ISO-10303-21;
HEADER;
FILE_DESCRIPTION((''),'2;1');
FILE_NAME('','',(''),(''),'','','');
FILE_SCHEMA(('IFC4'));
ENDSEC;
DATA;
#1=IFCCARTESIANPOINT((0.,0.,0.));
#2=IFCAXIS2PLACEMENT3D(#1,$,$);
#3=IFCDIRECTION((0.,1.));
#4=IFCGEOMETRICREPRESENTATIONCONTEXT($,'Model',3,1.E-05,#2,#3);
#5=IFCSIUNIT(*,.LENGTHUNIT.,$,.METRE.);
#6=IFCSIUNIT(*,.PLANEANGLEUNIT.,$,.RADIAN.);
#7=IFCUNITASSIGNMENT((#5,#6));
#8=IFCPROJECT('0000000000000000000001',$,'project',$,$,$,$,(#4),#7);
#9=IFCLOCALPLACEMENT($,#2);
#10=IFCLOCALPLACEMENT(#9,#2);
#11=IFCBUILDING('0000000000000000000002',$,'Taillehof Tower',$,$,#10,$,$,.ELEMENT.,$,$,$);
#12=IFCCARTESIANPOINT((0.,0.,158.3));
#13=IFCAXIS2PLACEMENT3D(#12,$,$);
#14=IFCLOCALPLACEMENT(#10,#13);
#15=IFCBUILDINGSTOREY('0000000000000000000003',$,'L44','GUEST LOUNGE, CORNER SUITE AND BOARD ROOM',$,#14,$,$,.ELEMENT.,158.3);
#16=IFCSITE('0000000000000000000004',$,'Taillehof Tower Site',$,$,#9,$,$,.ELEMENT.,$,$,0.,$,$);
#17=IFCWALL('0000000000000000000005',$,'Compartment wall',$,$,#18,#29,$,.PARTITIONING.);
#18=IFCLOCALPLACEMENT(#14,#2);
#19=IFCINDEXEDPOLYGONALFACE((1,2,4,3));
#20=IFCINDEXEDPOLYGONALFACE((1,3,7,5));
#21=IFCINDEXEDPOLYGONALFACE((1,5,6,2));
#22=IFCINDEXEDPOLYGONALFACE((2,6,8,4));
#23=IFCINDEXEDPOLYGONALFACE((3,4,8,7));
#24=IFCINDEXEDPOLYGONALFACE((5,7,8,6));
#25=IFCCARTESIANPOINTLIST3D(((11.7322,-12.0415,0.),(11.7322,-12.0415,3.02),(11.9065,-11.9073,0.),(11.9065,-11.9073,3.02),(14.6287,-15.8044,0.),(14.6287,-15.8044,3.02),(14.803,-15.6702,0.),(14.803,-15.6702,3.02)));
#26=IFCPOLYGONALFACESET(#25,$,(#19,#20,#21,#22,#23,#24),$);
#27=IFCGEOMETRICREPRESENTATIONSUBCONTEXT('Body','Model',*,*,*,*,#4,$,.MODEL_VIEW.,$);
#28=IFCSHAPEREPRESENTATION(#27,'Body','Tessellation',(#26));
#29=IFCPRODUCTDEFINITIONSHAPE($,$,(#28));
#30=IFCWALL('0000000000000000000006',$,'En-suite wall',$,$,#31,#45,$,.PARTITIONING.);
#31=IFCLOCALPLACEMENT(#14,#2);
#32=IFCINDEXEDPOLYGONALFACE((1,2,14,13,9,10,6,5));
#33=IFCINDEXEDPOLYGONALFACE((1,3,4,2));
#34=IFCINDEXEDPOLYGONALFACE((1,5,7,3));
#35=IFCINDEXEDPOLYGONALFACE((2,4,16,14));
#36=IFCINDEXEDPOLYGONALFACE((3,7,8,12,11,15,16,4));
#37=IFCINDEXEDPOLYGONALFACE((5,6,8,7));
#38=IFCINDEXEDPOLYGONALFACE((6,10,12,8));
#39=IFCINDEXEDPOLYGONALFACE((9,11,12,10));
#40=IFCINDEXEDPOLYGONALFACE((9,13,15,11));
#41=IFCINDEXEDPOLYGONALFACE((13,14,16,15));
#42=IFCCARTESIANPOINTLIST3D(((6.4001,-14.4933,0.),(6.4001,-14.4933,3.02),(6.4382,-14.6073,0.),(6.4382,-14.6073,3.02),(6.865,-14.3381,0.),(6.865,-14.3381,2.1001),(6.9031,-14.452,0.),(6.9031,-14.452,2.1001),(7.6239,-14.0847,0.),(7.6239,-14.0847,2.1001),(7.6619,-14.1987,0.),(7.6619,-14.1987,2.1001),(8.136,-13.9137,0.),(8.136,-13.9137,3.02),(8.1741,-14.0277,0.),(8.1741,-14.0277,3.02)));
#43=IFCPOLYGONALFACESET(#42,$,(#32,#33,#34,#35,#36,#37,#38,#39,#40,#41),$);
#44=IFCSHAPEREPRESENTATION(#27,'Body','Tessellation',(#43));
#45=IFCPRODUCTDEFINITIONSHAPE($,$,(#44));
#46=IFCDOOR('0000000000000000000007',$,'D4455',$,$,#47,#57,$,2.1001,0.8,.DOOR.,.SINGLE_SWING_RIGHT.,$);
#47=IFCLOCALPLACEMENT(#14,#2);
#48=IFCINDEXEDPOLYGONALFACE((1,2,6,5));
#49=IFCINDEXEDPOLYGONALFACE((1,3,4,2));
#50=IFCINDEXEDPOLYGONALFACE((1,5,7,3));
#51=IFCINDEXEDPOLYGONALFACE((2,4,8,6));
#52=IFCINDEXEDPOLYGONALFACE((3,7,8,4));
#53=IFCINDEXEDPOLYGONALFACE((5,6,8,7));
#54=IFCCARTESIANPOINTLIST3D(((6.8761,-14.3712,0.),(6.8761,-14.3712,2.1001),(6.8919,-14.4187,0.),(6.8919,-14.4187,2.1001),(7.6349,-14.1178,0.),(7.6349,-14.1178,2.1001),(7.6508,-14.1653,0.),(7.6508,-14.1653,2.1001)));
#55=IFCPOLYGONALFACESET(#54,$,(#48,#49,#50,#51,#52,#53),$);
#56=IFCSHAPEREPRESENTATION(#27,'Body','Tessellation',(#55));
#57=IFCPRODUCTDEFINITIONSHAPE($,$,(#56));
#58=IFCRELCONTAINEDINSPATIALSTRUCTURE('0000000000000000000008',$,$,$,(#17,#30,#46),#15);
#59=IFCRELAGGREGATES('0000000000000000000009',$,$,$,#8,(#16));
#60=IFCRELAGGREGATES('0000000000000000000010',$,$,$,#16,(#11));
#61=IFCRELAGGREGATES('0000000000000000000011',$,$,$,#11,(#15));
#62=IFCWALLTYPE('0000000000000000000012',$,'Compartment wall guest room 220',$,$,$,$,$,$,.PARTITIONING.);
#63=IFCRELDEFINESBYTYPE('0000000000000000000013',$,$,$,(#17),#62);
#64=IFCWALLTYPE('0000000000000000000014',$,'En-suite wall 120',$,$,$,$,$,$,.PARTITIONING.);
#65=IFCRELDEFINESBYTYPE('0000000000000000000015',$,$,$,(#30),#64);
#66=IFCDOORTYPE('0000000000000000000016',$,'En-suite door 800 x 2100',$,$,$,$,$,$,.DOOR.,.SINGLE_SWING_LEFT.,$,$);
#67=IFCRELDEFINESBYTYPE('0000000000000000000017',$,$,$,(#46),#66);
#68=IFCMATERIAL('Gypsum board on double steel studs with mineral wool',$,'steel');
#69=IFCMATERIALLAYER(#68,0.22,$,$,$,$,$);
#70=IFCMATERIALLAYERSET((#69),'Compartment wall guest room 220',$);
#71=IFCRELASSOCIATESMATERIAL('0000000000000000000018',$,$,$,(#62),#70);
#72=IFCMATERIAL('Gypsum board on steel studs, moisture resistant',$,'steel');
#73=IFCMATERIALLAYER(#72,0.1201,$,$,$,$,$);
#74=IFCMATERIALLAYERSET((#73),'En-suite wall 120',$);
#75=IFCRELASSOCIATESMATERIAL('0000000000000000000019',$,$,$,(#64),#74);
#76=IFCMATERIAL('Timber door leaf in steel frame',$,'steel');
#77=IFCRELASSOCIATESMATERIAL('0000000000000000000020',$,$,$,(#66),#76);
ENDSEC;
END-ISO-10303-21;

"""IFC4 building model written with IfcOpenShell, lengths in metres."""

from ifc_helpers import new_model, si_unit, direction, frame, frame_2d, origin, place, context, subcontext, project, spatial, rectangle, extrude, material, layer, layer_set, type_object, element, fill, save


model = new_model("IFC4")

# Units and contexts
model_context = context("Model", 3, precision=1e-05, world=origin(), true_north=direction((0.0, 1.0)))
body_context = subcontext(model_context, "Body", "Model", "MODEL_VIEW")
ifc_project = project(units=[si_unit("LENGTHUNIT", "METRE"), si_unit("PLANEANGLEUNIT", "RADIAN")], contexts=[model_context])

# Site, building, storey
site_placement = place(None, origin())
site = spatial("IfcSite", under=ifc_project, at=site_placement, Name="Taillehof Tower Site", CompositionType="ELEMENT", RefElevation=0.0)
building_placement = place(site_placement, origin())
building = spatial("IfcBuilding", under=site, at=building_placement, Name="Taillehof Tower", CompositionType="ELEMENT")
storey_placement = place(building_placement, frame((0.0, 0.0, 158.3)))
storey = spatial("IfcBuildingStorey", under=building, at=storey_placement, Name="L44", Description="GUEST LOUNGE, CORNER SUITE AND BOARD ROOM", CompositionType="ELEMENT", Elevation=158.3)

# Wall
ifc_material_1 = material(Name="Gypsum board on double steel studs with mineral wool", Category="steel")
ifc_layer_1 = layer(ifc_material_1, 0.22)
ifc_layer_set_1 = layer_set([ifc_layer_1], Name="Compartment wall guest room 220")
wall_type_1 = type_object("IfcWallType", Name="Compartment wall guest room 220", PredefinedType="PARTITIONING", material=ifc_layer_set_1)
wall_1_placement = place(storey_placement, frame((14.7158, -15.7373, 0.0), z_axis=(0.0, 0.0, 1.0), x_axis=(-0.609964, 0.792429, 0.0)))
element("IfcWall", 1, at=wall_1_placement, inside=storey, type_object=wall_type_1, Name="Compartment wall", PredefinedType="PARTITIONING", context=body_context, shape_type="SweptSolid", body=[
    extrude(rectangle(XDim=4.7485, YDim=0.22, at=frame_2d((2.3743, 0.0))), origin(), (0.0, 0.0, 1.0), 3.02),
])

# Wall, opening, door
ifc_material_2 = material(Name="Gypsum board on steel studs, moisture resistant", Category="steel")
ifc_layer_2 = layer(ifc_material_2, 0.1201)
ifc_layer_set_2 = layer_set([ifc_layer_2], Name="En-suite wall 120")
wall_type_2 = type_object("IfcWallType", Name="En-suite wall 120", PredefinedType="PARTITIONING", material=ifc_layer_set_2)
wall_2_placement = place(storey_placement, frame((8.155, -13.9707, 0.0), z_axis=(0.0, 0.0, 1.0), x_axis=(-0.948523, -0.316708, 0.0)))
wall_2 = element("IfcWall", 2, at=wall_2_placement, inside=storey, type_object=wall_type_2, Name="En-suite wall", PredefinedType="PARTITIONING", context=body_context, shape_type="SweptSolid", body=[
    extrude(rectangle(XDim=1.8301, YDim=0.1201, at=frame_2d((0.915, 0.0))), origin(), (0.0, 0.0, 1.0), 3.02),
])
opening_1_placement = place(wall_2_placement, frame((0.54, 0.0, 0.0)))
opening_1 = element("IfcOpeningElement", 3, at=opening_1_placement, cuts=wall_2, PredefinedType="OPENING", context=body_context, shape_type="SweptSolid", body=[
    extrude(rectangle(XDim=0.8, YDim=2.1001, at=frame_2d((0.3999, 1.05))), frame((0.0, 0.0701, 0.0), z_axis=(0.0, -1.0, 0.0), x_axis=(1.0, 0.0, 0.0)), (0.0, 0.0, 1.0), 0.1401),
])
ifc_material_3 = material(Name="Timber door leaf in steel frame", Category="steel")
door_type_1 = type_object("IfcDoorType", Name="En-suite door 800 x 2100", OperationType="SINGLE_SWING_LEFT", PredefinedType="DOOR", material=ifc_material_3)
door_1_placement = place(opening_1_placement, origin())
door_1 = element("IfcDoor", 4, at=door_1_placement, inside=storey, type_object=door_type_1, Name="D4455", OperationType="SINGLE_SWING_RIGHT", OverallHeight=2.1001, OverallWidth=0.8, PredefinedType="DOOR", context=body_context, shape_type="SweptSolid", body=[
    extrude(rectangle(XDim=0.8, YDim=2.1001, at=frame_2d((0.3999, 1.05))), frame((0.0, 0.0249, 0.0), z_axis=(0.0, -1.0, 0.0), x_axis=(1.0, 0.0, 0.0)), (0.0, 0.0, 1.0), 0.05),
])
fill(opening_1, door_1)

save(model, "model.ifc")
